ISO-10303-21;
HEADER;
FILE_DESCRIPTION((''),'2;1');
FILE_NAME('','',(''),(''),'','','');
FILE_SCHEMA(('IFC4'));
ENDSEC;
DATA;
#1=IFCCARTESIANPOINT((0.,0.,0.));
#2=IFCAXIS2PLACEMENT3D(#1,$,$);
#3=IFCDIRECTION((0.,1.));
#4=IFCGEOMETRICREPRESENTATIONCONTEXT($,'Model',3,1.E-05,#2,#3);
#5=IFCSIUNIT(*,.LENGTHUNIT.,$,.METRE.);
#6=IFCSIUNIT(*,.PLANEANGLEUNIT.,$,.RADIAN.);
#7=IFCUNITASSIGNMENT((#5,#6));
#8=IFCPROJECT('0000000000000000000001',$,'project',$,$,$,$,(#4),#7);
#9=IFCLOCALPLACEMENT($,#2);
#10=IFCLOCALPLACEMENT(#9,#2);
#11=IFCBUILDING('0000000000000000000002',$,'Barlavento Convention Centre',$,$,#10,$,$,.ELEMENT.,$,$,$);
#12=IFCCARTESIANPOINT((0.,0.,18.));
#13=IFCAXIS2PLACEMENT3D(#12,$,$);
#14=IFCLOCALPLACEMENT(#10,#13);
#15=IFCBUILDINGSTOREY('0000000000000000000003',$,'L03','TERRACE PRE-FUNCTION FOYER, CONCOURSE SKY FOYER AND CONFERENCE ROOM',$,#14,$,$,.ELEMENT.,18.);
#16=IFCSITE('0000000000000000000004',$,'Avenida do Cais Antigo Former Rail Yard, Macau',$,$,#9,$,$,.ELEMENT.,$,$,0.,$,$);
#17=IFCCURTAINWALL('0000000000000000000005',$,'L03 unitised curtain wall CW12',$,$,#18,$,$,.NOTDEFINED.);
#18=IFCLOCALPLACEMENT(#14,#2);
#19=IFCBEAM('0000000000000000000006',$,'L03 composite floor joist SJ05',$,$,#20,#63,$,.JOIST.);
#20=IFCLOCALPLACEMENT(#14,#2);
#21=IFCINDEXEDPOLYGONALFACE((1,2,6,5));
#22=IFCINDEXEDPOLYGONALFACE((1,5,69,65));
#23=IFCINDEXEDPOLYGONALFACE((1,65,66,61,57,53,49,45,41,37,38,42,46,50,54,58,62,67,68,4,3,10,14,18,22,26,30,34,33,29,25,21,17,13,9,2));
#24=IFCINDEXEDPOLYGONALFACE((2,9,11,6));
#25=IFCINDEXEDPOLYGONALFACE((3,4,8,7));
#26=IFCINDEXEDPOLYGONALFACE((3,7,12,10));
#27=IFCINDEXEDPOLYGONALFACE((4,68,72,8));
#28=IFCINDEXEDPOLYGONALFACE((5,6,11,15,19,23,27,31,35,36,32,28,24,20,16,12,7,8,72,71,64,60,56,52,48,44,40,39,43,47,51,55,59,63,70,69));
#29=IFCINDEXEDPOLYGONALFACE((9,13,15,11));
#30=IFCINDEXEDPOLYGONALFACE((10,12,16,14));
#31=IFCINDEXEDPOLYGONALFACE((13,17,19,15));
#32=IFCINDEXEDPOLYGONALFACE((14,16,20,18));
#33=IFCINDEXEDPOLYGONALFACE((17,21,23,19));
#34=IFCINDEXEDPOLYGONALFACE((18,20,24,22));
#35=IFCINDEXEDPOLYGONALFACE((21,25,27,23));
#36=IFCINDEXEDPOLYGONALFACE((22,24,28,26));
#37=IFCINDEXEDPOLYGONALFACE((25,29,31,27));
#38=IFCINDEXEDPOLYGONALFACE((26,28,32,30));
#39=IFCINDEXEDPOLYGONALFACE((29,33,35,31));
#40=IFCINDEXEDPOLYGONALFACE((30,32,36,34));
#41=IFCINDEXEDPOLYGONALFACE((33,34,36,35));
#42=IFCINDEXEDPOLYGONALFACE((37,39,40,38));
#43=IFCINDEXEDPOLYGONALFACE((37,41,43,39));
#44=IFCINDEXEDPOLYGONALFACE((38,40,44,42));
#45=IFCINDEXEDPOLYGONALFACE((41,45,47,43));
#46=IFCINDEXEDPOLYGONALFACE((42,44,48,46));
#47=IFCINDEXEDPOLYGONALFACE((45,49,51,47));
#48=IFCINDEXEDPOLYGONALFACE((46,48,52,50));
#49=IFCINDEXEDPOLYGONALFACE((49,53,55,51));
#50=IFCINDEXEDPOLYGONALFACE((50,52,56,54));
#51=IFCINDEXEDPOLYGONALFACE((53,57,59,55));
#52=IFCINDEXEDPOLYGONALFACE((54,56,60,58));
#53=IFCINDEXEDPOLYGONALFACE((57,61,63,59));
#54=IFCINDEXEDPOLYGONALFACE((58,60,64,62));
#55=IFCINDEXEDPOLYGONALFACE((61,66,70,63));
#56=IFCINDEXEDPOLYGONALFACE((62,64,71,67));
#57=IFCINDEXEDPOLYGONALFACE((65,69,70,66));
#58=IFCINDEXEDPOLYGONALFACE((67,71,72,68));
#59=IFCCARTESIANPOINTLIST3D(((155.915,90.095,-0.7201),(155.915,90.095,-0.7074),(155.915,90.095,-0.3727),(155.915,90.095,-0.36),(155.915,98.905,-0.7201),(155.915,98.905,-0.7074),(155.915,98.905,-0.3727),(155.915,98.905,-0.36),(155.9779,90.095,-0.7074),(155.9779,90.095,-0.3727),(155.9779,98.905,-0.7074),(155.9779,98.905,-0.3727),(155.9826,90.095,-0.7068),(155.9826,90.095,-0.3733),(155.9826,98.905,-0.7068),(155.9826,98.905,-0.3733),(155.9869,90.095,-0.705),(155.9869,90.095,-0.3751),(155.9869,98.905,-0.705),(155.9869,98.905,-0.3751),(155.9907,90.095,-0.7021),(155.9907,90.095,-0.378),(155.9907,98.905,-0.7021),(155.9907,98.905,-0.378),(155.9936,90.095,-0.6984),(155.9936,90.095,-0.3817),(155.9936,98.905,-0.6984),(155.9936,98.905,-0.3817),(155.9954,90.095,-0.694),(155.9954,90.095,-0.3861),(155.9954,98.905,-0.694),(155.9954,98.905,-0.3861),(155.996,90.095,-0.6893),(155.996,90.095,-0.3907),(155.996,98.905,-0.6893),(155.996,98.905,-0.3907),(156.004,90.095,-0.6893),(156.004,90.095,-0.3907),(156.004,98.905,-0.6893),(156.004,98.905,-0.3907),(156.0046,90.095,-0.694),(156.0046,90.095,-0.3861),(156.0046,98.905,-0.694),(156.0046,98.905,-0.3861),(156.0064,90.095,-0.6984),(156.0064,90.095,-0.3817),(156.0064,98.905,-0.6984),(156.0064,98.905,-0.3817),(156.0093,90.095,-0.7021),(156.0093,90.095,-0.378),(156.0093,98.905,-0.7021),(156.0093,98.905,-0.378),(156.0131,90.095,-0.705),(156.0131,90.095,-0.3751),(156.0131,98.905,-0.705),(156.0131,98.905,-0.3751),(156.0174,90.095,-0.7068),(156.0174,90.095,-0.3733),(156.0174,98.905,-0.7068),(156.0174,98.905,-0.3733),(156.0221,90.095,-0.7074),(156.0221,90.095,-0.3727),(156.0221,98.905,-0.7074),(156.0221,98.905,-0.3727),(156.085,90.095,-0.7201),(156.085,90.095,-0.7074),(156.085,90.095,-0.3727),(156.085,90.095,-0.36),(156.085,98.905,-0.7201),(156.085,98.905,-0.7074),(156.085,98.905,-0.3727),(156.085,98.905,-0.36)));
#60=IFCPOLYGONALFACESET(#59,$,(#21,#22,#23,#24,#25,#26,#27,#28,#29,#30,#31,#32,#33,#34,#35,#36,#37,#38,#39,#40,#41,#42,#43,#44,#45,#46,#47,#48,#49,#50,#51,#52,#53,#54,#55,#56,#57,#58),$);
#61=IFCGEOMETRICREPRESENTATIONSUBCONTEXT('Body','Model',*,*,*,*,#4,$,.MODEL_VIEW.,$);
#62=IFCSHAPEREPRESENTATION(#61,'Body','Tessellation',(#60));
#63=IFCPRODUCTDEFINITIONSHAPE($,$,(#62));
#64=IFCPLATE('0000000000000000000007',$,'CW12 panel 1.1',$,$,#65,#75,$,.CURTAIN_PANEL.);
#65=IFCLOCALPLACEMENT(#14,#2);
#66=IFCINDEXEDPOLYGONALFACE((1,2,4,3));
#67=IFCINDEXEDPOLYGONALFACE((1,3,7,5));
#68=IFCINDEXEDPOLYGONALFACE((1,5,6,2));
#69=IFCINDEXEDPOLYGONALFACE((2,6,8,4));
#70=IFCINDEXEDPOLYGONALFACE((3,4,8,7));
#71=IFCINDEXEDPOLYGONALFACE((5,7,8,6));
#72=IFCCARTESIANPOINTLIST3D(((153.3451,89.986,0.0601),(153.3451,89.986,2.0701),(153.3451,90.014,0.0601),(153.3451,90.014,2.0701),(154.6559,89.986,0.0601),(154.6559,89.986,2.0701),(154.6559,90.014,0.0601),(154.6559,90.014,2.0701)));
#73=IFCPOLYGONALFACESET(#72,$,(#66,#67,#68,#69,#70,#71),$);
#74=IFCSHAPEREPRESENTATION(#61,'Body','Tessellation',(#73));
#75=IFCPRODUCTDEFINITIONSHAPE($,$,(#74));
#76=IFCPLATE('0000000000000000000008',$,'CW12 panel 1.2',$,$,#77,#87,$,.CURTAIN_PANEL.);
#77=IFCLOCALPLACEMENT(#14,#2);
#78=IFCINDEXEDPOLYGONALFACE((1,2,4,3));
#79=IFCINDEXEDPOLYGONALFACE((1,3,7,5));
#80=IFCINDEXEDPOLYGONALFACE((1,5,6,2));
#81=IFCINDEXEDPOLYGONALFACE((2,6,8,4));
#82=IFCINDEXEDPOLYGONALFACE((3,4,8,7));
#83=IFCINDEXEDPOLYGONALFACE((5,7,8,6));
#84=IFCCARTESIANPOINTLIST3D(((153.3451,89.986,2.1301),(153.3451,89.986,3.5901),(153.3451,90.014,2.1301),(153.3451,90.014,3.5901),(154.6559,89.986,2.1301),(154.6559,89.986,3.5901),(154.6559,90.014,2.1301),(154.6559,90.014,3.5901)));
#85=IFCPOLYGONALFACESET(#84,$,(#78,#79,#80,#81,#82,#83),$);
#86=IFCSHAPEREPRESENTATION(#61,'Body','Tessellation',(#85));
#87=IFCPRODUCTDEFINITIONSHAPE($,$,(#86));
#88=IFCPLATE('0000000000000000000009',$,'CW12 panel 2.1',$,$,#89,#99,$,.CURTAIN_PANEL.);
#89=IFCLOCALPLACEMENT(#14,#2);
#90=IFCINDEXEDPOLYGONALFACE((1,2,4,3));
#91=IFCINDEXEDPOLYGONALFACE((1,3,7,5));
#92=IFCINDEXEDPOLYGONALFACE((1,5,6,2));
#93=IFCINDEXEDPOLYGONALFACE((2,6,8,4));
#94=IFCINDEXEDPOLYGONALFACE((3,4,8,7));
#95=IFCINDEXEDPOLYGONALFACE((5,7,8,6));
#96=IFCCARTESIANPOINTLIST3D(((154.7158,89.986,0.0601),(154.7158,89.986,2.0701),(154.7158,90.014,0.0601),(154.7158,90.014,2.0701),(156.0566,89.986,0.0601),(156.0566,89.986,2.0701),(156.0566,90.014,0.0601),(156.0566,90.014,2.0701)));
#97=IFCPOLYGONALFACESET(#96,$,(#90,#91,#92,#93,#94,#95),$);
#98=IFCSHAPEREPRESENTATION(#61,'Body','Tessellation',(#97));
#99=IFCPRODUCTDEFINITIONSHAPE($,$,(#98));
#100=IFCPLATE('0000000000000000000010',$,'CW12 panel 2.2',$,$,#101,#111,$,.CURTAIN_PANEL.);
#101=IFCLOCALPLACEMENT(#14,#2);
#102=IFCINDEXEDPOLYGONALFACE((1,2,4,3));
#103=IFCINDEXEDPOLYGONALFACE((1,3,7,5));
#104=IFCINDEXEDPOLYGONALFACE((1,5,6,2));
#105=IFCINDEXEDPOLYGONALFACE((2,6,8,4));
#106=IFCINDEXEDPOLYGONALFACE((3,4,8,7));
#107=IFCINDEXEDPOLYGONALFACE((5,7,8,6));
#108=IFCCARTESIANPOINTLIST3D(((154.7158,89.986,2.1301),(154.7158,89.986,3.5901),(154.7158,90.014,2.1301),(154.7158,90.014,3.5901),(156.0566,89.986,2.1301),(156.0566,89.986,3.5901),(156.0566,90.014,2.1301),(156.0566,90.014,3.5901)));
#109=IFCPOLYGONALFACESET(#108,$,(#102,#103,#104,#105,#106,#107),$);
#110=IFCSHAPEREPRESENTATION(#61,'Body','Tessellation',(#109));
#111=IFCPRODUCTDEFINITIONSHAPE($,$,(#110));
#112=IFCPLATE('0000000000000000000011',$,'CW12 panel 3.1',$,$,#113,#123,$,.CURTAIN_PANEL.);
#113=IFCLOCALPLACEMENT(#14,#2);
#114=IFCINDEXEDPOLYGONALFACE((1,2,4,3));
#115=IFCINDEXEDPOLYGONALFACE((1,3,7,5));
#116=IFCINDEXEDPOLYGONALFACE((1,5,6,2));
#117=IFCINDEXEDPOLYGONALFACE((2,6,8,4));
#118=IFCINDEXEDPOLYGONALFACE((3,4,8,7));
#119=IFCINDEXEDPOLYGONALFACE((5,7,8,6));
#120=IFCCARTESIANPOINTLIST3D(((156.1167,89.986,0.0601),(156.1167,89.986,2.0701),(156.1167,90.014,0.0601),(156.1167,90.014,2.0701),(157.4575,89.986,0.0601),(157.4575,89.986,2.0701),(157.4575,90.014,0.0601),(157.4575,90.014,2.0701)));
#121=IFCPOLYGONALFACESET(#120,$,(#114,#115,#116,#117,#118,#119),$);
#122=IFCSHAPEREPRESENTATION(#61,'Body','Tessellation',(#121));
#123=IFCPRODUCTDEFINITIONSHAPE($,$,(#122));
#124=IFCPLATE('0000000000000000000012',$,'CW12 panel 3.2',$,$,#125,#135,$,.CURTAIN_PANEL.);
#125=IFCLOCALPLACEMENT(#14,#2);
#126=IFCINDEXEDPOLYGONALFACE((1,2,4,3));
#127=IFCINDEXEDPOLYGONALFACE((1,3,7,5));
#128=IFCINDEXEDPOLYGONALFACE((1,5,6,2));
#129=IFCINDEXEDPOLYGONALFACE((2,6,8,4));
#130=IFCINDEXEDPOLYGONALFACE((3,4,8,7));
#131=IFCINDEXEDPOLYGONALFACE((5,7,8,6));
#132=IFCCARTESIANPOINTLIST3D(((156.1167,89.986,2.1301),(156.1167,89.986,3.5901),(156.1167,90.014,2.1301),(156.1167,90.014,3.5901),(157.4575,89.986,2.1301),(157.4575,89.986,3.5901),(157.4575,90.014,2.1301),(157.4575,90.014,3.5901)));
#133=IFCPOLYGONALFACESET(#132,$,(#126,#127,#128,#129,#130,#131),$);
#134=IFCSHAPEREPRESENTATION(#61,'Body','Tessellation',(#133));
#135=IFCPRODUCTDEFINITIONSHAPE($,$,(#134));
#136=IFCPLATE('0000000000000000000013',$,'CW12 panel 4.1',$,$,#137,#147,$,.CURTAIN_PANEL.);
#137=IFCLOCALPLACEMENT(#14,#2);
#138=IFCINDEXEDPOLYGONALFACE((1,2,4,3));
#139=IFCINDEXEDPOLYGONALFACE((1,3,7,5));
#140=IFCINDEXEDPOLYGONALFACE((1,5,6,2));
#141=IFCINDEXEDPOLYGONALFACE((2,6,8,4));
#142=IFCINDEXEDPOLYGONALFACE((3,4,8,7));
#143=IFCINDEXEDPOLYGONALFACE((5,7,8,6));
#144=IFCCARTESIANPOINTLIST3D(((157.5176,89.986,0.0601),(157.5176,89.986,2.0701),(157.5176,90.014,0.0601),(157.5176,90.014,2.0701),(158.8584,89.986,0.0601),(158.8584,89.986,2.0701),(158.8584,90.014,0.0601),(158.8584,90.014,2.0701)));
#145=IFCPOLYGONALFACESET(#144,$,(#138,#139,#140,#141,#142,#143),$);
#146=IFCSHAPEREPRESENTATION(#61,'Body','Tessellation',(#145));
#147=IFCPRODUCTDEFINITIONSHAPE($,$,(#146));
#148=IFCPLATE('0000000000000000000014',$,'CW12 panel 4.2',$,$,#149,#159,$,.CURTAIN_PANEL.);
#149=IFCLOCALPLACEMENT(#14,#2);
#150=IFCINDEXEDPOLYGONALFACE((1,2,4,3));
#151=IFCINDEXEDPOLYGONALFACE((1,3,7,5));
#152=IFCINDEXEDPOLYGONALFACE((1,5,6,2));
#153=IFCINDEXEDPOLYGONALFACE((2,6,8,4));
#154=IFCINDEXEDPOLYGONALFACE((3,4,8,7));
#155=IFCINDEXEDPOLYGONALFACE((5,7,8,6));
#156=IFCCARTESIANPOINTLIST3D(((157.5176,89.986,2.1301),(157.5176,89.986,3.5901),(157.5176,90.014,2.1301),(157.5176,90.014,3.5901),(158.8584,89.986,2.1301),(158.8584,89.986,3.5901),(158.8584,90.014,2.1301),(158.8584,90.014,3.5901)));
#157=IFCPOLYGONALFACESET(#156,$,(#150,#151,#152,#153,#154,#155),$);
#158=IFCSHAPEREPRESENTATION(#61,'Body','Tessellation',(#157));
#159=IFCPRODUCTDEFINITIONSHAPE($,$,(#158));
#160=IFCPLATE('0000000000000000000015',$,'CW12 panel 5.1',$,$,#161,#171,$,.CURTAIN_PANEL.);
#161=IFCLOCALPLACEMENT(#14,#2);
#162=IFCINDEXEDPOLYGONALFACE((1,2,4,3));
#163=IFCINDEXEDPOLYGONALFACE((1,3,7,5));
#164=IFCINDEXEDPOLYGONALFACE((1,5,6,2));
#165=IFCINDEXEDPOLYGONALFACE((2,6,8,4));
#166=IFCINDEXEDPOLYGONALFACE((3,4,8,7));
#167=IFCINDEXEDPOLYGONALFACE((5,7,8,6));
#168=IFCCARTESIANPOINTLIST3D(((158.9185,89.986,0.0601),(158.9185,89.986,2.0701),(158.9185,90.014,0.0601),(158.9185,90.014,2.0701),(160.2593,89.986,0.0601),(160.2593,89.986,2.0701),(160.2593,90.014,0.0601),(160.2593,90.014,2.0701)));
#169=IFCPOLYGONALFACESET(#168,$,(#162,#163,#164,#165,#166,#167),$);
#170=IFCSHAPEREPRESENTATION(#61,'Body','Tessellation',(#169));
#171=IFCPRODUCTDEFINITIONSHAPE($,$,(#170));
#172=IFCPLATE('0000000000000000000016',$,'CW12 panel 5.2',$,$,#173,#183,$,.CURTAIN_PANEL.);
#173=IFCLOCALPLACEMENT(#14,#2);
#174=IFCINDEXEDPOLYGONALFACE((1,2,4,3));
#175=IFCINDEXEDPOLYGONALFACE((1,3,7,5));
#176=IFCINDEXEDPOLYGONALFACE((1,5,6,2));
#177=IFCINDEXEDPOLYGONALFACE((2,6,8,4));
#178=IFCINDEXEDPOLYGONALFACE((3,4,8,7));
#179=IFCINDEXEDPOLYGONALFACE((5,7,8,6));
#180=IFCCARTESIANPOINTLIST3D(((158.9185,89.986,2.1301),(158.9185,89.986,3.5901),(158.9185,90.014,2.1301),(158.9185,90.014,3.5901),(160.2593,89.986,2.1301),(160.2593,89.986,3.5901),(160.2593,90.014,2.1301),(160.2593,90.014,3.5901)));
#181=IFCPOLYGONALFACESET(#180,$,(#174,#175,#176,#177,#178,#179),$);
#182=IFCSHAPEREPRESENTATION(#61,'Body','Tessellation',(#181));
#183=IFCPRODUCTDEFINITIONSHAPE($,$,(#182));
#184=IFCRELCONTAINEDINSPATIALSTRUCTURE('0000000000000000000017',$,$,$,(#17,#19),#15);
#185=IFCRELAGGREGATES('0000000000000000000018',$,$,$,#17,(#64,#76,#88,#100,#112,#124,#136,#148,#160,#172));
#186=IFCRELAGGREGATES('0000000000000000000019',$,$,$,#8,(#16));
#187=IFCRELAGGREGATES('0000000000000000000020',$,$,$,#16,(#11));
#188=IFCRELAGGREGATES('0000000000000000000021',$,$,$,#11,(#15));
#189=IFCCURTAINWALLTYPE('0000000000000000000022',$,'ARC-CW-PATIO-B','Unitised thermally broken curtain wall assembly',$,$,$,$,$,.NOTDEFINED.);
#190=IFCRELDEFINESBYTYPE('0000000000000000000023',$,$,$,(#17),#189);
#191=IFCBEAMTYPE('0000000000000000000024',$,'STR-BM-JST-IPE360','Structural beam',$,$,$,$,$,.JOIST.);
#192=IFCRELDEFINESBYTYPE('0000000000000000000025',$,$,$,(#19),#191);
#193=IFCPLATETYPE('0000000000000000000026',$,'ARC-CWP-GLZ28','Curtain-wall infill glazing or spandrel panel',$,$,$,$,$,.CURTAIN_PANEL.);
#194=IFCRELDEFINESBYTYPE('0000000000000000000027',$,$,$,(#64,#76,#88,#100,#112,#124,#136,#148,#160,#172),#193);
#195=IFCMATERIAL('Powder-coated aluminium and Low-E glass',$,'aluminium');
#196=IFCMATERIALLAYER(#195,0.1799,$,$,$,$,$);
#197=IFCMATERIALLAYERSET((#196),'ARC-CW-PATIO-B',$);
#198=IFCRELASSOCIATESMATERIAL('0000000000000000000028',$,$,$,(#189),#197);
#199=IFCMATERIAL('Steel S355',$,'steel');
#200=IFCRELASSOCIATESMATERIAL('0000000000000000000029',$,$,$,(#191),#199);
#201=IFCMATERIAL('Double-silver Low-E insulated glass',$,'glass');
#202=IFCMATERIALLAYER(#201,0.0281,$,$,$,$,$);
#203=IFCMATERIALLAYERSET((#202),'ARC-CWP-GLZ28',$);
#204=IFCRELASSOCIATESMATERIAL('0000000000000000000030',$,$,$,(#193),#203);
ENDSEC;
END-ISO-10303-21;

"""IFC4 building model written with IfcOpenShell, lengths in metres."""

from ifc_helpers import new_model, si_unit, direction, frame, origin, origin_2d, place, context, subcontext, project, spatial, rectangle, i_section, extrude, material, layer, layer_set, material_profile, profile_set, type_object, element, aggregate, save


model = new_model("IFC4")

# Units and contexts
model_context = context("Model", 3, precision=1e-05, world=origin(), true_north=direction((0.0, 1.0)))
body_context = subcontext(model_context, "Body", "Model", "MODEL_VIEW")
ifc_project = project(units=[si_unit("LENGTHUNIT", "METRE"), si_unit("PLANEANGLEUNIT", "RADIAN")], contexts=[model_context])

# Site, building, storey
site_placement = place(None, origin())
site = spatial("IfcSite", under=ifc_project, at=site_placement, Name="Avenida do Cais Antigo Former Rail Yard, Macau", CompositionType="ELEMENT", RefElevation=0.0)
building_placement = place(site_placement, origin())
building = spatial("IfcBuilding", under=site, at=building_placement, Name="Barlavento Convention Centre", CompositionType="ELEMENT")
storey_placement = place(building_placement, frame((0.0, 0.0, 18.0)))
storey = spatial("IfcBuildingStorey", under=building, at=storey_placement, Name="L03", Description="TERRACE PRE-FUNCTION FOYER, CONCOURSE SKY FOYER AND CONFERENCE ROOM", CompositionType="ELEMENT", Elevation=18.0)

# Curtain wall
ifc_material_1 = material(Name="Powder-coated aluminium and Low-E glass", Category="aluminium")
ifc_layer_1 = layer(ifc_material_1, 0.1799)
ifc_layer_set_1 = layer_set([ifc_layer_1], Name="ARC-CW-PATIO-B")
curtain_wall_type = type_object("IfcCurtainWallType", Name="ARC-CW-PATIO-B", Description="Unitised thermally broken curtain wall assembly", PredefinedType="NOTDEFINED", material=ifc_layer_set_1)
curtain_wall_placement = place(storey_placement, origin())
curtain_wall = element("IfcCurtainWall", 1, at=curtain_wall_placement, inside=storey, type_object=curtain_wall_type, Name="L03 unitised curtain wall CW12", PredefinedType="NOTDEFINED")

# Beam
ifc_material_2 = material(Name="Steel S355", Category="steel")
ifc_material_profile_1 = material_profile(ifc_material_2, i_section(OverallWidth=0.1699, OverallDepth=0.3601, WebThickness=0.0081, FlangeThickness=0.0127, FilletRadius=0.0181, at=origin_2d()), Name="IPE 360")
ifc_profile_set_1 = profile_set([ifc_material_profile_1], Name="Steel S355")
beam_type_1 = type_object("IfcBeamType", Name="STR-BM-JST-IPE360", Description="Structural beam", PredefinedType="JOIST", material=ifc_profile_set_1)
beam_1_placement = place(storey_placement, frame((156.0, 90.095, -0.54), z_axis=(0.0, 1.0, 0.0), x_axis=(-1.0, 0.0, 0.0)))
element("IfcBeam", 2, at=beam_1_placement, inside=storey, type_object=beam_type_1, Name="L03 composite floor joist SJ05", PredefinedType="JOIST", context=body_context, shape_type="SweptSolid", body=[
    extrude(i_section(OverallWidth=0.1699, OverallDepth=0.3601, WebThickness=0.0081, FlangeThickness=0.0127, FilletRadius=0.0181, at=origin_2d()), origin(), (0.0, 0.0, 1.0), 8.8101),
])

# Plates
ifc_material_3 = material(Name="Double-silver Low-E insulated glass", Category="glass")
ifc_layer_2 = layer(ifc_material_3, 0.0281)
ifc_layer_set_2 = layer_set([ifc_layer_2], Name="ARC-CWP-GLZ28")
plate_type = type_object("IfcPlateType", Name="ARC-CWP-GLZ28", Description="Curtain-wall infill glazing or spandrel panel", PredefinedType="CURTAIN_PANEL", material=ifc_layer_set_2)
plate_1_placement = place(storey_placement, frame((154.0005, 90.0, 0.0601), z_axis=(0.0, 0.0, 1.0), x_axis=(1.0, 0.0, 0.0)))
plate_1 = element("IfcPlate", 3, at=plate_1_placement, type_object=plate_type, Name="CW12 panel 1.1", PredefinedType="CURTAIN_PANEL", context=body_context, shape_type="SweptSolid", body=[
    extrude(rectangle(XDim=1.3108, YDim=0.0281, at=origin_2d()), origin(), (0.0, 0.0, 1.0), 2.01),
])
plate_2_placement = place(storey_placement, frame((154.0005, 90.0, 2.1301), z_axis=(0.0, 0.0, 1.0), x_axis=(1.0, 0.0, 0.0)))
plate_2 = element("IfcPlate", 4, at=plate_2_placement, type_object=plate_type, Name="CW12 panel 1.2", PredefinedType="CURTAIN_PANEL", context=body_context, shape_type="SweptSolid", body=[
    extrude(rectangle(XDim=1.3108, YDim=0.0281, at=origin_2d()), origin(), (0.0, 0.0, 1.0), 1.46),
])
plate_3_placement = place(storey_placement, frame((155.3862, 90.0, 0.0601), z_axis=(0.0, 0.0, 1.0), x_axis=(1.0, 0.0, 0.0)))
plate_3 = element("IfcPlate", 5, at=plate_3_placement, type_object=plate_type, Name="CW12 panel 2.1", PredefinedType="CURTAIN_PANEL", context=body_context, shape_type="SweptSolid", body=[
    extrude(rectangle(XDim=1.3408, YDim=0.0281, at=origin_2d()), origin(), (0.0, 0.0, 1.0), 2.01),
])
plate_4_placement = place(storey_placement, frame((155.3862, 90.0, 2.1301), z_axis=(0.0, 0.0, 1.0), x_axis=(1.0, 0.0, 0.0)))
plate_4 = element("IfcPlate", 6, at=plate_4_placement, type_object=plate_type, Name="CW12 panel 2.2", PredefinedType="CURTAIN_PANEL", context=body_context, shape_type="SweptSolid", body=[
    extrude(rectangle(XDim=1.3408, YDim=0.0281, at=origin_2d()), origin(), (0.0, 0.0, 1.0), 1.46),
])
plate_5_placement = place(storey_placement, frame((156.7871, 90.0, 0.0601), z_axis=(0.0, 0.0, 1.0), x_axis=(1.0, 0.0, 0.0)))
plate_5 = element("IfcPlate", 7, at=plate_5_placement, type_object=plate_type, Name="CW12 panel 3.1", PredefinedType="CURTAIN_PANEL", context=body_context, shape_type="SweptSolid", body=[
    extrude(rectangle(XDim=1.3408, YDim=0.0281, at=origin_2d()), origin(), (0.0, 0.0, 1.0), 2.01),
])
plate_6_placement = place(storey_placement, frame((156.7871, 90.0, 2.1301), z_axis=(0.0, 0.0, 1.0), x_axis=(1.0, 0.0, 0.0)))
plate_6 = element("IfcPlate", 8, at=plate_6_placement, type_object=plate_type, Name="CW12 panel 3.2", PredefinedType="CURTAIN_PANEL", context=body_context, shape_type="SweptSolid", body=[
    extrude(rectangle(XDim=1.3408, YDim=0.0281, at=origin_2d()), origin(), (0.0, 0.0, 1.0), 1.46),
])
plate_7_placement = place(storey_placement, frame((158.188, 90.0, 0.0601), z_axis=(0.0, 0.0, 1.0), x_axis=(1.0, 0.0, 0.0)))
plate_7 = element("IfcPlate", 9, at=plate_7_placement, type_object=plate_type, Name="CW12 panel 4.1", PredefinedType="CURTAIN_PANEL", context=body_context, shape_type="SweptSolid", body=[
    extrude(rectangle(XDim=1.3408, YDim=0.0281, at=origin_2d()), origin(), (0.0, 0.0, 1.0), 2.01),
])
plate_8_placement = place(storey_placement, frame((158.188, 90.0, 2.1301), z_axis=(0.0, 0.0, 1.0), x_axis=(1.0, 0.0, 0.0)))
plate_8 = element("IfcPlate", 10, at=plate_8_placement, type_object=plate_type, Name="CW12 panel 4.2", PredefinedType="CURTAIN_PANEL", context=body_context, shape_type="SweptSolid", body=[
    extrude(rectangle(XDim=1.3408, YDim=0.0281, at=origin_2d()), origin(), (0.0, 0.0, 1.0), 1.46),
])
plate_9_placement = place(storey_placement, frame((159.5889, 90.0, 0.0601), z_axis=(0.0, 0.0, 1.0), x_axis=(1.0, 0.0, 0.0)))
plate_9 = element("IfcPlate", 11, at=plate_9_placement, type_object=plate_type, Name="CW12 panel 5.1", PredefinedType="CURTAIN_PANEL", context=body_context, shape_type="SweptSolid", body=[
    extrude(rectangle(XDim=1.3408, YDim=0.0281, at=origin_2d()), origin(), (0.0, 0.0, 1.0), 2.01),
])
plate_10_placement = place(storey_placement, frame((159.5889, 90.0, 2.1301), z_axis=(0.0, 0.0, 1.0), x_axis=(1.0, 0.0, 0.0)))
plate_10 = element("IfcPlate", 12, at=plate_10_placement, type_object=plate_type, Name="CW12 panel 5.2", PredefinedType="CURTAIN_PANEL", context=body_context, shape_type="SweptSolid", body=[
    extrude(rectangle(XDim=1.3408, YDim=0.0281, at=origin_2d()), origin(), (0.0, 0.0, 1.0), 1.46),
])
aggregate(curtain_wall, [plate_1, plate_2, plate_3, plate_4, plate_5, plate_6, plate_7, plate_8, plate_9, plate_10])

save(model, "model.ifc")
